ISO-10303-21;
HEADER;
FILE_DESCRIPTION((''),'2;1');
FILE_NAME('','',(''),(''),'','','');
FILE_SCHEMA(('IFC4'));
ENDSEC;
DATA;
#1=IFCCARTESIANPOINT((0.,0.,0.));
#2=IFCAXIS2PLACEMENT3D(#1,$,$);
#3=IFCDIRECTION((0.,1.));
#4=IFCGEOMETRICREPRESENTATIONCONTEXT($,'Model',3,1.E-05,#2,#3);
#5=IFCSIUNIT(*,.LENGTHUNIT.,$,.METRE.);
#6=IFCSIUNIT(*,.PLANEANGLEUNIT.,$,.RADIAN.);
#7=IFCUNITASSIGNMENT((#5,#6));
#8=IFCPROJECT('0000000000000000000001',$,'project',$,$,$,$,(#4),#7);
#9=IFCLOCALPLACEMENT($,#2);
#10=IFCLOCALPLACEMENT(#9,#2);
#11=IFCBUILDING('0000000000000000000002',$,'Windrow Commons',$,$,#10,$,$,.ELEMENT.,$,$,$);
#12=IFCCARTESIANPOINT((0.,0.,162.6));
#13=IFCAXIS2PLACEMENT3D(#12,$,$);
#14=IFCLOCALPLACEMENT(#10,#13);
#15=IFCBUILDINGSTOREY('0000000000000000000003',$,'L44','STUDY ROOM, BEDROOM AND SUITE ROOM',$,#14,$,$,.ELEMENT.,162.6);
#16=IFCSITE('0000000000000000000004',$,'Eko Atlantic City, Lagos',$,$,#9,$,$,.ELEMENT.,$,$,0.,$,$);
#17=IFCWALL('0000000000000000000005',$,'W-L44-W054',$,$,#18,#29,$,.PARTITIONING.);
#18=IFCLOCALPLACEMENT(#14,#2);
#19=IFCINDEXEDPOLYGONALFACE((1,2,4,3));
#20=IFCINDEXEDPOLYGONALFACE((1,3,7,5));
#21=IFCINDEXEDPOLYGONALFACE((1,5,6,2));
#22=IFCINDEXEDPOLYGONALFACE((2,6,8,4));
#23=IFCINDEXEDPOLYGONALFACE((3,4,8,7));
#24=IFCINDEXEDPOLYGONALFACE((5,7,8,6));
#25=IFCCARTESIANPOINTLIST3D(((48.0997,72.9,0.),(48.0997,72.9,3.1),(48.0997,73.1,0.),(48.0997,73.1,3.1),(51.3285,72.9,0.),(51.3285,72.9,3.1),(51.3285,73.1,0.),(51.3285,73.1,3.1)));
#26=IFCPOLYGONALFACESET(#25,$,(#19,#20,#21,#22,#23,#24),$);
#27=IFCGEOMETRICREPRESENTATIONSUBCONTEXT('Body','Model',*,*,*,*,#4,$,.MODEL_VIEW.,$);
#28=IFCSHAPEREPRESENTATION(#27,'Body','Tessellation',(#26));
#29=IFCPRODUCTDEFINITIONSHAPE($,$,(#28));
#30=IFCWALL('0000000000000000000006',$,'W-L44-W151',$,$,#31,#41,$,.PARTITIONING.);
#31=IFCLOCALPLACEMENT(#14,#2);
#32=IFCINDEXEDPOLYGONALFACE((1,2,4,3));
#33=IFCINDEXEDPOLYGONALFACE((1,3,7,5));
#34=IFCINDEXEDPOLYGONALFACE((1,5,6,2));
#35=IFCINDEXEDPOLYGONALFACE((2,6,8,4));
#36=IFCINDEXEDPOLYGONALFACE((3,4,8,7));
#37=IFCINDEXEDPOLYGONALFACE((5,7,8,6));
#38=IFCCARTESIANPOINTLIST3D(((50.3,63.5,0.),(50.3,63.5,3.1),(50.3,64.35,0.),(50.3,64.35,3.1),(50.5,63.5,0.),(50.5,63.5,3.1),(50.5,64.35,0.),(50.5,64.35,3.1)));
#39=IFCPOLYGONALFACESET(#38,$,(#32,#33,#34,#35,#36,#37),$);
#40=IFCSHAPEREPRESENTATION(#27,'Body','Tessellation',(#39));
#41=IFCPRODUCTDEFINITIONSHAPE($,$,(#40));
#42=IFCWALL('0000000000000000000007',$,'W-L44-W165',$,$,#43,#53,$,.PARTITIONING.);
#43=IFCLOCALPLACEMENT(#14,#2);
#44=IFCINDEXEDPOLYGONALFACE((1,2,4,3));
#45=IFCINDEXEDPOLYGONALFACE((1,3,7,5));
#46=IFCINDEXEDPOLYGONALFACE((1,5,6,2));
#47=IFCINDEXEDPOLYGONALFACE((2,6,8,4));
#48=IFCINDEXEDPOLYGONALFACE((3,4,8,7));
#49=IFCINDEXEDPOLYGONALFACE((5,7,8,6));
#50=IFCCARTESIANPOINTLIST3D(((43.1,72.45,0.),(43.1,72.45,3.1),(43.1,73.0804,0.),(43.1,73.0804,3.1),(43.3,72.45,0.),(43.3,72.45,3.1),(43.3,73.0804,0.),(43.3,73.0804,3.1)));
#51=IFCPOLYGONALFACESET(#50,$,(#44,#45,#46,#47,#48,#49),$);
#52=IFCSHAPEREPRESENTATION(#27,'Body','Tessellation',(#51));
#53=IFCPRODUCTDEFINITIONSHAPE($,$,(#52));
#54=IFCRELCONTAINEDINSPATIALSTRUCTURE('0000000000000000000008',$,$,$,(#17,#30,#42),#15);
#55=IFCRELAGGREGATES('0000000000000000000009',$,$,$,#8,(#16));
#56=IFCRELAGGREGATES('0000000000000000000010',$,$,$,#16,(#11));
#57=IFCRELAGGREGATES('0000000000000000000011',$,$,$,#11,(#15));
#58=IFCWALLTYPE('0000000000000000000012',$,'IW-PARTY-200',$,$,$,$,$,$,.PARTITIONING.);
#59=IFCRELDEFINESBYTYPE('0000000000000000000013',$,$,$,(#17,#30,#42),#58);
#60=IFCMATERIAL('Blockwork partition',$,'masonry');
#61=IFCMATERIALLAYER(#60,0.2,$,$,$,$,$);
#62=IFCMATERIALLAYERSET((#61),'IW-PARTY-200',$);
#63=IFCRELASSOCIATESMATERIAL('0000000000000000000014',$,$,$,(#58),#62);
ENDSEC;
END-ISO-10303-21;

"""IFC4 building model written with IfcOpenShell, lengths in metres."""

from ifc_helpers import new_model, si_unit, direction, frame, frame_2d, origin, place, context, subcontext, project, spatial, rectangle, extrude, material, layer, layer_set, type_object, element, save


model = new_model("IFC4")

# Units and contexts
model_context = context("Model", 3, precision=1e-05, world=origin(), true_north=direction((0.0, 1.0)))
body_context = subcontext(model_context, "Body", "Model", "MODEL_VIEW")
ifc_project = project(units=[si_unit("LENGTHUNIT", "METRE"), si_unit("PLANEANGLEUNIT", "RADIAN")], contexts=[model_context])

# Site, building, storey
site_placement = place(None, origin())
site = spatial("IfcSite", under=ifc_project, at=site_placement, Name="Eko Atlantic City, Lagos", CompositionType="ELEMENT", RefElevation=0.0)
building_placement = place(site_placement, origin())
building = spatial("IfcBuilding", under=site, at=building_placement, Name="Windrow Commons", CompositionType="ELEMENT")
storey_placement = place(building_placement, frame((0.0, 0.0, 162.6)))
storey = spatial("IfcBuildingStorey", under=building, at=storey_placement, Name="L44", Description="STUDY ROOM, BEDROOM AND SUITE ROOM", CompositionType="ELEMENT", Elevation=162.6)

# Walls
ifc_material_1 = material(Name="Blockwork partition", Category="masonry")
ifc_layer_1 = layer(ifc_material_1, 0.2)
ifc_layer_set_1 = layer_set([ifc_layer_1], Name="IW-PARTY-200")
wall_type_1 = type_object("IfcWallType", Name="IW-PARTY-200", PredefinedType="PARTITIONING", material=ifc_layer_set_1)
wall_1_placement = place(storey_placement, frame((48.0997, 73.0, 0.0), z_axis=(0.0, 0.0, 1.0), x_axis=(1.0, 0.0, 0.0)))
element("IfcWall", 1, at=wall_1_placement, inside=storey, type_object=wall_type_1, Name="W-L44-W054", PredefinedType="PARTITIONING", context=body_context, shape_type="SweptSolid", body=[
    extrude(rectangle(XDim=3.2288, YDim=0.2, at=frame_2d((1.6144, 0.0))), origin(), (0.0, 0.0, 1.0), 3.1),
])
wall_2_placement = place(storey_placement, frame((50.4, 63.5, 0.0), z_axis=(0.0, 0.0, 1.0), x_axis=(0.0, 1.0, 0.0)))
element("IfcWall", 2, at=wall_2_placement, inside=storey, type_object=wall_type_1, Name="W-L44-W151", PredefinedType="PARTITIONING", context=body_context, shape_type="SweptSolid", body=[
    extrude(rectangle(XDim=0.85, YDim=0.2, at=frame_2d((0.425, 0.0))), origin(), (0.0, 0.0, 1.0), 3.1),
])
wall_3_placement = place(storey_placement, frame((43.2, 72.45, 0.0), z_axis=(0.0, 0.0, 1.0), x_axis=(0.0, 1.0, 0.0)))
element("IfcWall", 3, at=wall_3_placement, inside=storey, type_object=wall_type_1, Name="W-L44-W165", PredefinedType="PARTITIONING", context=body_context, shape_type="SweptSolid", body=[
    extrude(rectangle(XDim=0.6304, YDim=0.2, at=frame_2d((0.3152, 0.0))), origin(), (0.0, 0.0, 1.0), 3.1),
])

save(model, "model.ifc")
